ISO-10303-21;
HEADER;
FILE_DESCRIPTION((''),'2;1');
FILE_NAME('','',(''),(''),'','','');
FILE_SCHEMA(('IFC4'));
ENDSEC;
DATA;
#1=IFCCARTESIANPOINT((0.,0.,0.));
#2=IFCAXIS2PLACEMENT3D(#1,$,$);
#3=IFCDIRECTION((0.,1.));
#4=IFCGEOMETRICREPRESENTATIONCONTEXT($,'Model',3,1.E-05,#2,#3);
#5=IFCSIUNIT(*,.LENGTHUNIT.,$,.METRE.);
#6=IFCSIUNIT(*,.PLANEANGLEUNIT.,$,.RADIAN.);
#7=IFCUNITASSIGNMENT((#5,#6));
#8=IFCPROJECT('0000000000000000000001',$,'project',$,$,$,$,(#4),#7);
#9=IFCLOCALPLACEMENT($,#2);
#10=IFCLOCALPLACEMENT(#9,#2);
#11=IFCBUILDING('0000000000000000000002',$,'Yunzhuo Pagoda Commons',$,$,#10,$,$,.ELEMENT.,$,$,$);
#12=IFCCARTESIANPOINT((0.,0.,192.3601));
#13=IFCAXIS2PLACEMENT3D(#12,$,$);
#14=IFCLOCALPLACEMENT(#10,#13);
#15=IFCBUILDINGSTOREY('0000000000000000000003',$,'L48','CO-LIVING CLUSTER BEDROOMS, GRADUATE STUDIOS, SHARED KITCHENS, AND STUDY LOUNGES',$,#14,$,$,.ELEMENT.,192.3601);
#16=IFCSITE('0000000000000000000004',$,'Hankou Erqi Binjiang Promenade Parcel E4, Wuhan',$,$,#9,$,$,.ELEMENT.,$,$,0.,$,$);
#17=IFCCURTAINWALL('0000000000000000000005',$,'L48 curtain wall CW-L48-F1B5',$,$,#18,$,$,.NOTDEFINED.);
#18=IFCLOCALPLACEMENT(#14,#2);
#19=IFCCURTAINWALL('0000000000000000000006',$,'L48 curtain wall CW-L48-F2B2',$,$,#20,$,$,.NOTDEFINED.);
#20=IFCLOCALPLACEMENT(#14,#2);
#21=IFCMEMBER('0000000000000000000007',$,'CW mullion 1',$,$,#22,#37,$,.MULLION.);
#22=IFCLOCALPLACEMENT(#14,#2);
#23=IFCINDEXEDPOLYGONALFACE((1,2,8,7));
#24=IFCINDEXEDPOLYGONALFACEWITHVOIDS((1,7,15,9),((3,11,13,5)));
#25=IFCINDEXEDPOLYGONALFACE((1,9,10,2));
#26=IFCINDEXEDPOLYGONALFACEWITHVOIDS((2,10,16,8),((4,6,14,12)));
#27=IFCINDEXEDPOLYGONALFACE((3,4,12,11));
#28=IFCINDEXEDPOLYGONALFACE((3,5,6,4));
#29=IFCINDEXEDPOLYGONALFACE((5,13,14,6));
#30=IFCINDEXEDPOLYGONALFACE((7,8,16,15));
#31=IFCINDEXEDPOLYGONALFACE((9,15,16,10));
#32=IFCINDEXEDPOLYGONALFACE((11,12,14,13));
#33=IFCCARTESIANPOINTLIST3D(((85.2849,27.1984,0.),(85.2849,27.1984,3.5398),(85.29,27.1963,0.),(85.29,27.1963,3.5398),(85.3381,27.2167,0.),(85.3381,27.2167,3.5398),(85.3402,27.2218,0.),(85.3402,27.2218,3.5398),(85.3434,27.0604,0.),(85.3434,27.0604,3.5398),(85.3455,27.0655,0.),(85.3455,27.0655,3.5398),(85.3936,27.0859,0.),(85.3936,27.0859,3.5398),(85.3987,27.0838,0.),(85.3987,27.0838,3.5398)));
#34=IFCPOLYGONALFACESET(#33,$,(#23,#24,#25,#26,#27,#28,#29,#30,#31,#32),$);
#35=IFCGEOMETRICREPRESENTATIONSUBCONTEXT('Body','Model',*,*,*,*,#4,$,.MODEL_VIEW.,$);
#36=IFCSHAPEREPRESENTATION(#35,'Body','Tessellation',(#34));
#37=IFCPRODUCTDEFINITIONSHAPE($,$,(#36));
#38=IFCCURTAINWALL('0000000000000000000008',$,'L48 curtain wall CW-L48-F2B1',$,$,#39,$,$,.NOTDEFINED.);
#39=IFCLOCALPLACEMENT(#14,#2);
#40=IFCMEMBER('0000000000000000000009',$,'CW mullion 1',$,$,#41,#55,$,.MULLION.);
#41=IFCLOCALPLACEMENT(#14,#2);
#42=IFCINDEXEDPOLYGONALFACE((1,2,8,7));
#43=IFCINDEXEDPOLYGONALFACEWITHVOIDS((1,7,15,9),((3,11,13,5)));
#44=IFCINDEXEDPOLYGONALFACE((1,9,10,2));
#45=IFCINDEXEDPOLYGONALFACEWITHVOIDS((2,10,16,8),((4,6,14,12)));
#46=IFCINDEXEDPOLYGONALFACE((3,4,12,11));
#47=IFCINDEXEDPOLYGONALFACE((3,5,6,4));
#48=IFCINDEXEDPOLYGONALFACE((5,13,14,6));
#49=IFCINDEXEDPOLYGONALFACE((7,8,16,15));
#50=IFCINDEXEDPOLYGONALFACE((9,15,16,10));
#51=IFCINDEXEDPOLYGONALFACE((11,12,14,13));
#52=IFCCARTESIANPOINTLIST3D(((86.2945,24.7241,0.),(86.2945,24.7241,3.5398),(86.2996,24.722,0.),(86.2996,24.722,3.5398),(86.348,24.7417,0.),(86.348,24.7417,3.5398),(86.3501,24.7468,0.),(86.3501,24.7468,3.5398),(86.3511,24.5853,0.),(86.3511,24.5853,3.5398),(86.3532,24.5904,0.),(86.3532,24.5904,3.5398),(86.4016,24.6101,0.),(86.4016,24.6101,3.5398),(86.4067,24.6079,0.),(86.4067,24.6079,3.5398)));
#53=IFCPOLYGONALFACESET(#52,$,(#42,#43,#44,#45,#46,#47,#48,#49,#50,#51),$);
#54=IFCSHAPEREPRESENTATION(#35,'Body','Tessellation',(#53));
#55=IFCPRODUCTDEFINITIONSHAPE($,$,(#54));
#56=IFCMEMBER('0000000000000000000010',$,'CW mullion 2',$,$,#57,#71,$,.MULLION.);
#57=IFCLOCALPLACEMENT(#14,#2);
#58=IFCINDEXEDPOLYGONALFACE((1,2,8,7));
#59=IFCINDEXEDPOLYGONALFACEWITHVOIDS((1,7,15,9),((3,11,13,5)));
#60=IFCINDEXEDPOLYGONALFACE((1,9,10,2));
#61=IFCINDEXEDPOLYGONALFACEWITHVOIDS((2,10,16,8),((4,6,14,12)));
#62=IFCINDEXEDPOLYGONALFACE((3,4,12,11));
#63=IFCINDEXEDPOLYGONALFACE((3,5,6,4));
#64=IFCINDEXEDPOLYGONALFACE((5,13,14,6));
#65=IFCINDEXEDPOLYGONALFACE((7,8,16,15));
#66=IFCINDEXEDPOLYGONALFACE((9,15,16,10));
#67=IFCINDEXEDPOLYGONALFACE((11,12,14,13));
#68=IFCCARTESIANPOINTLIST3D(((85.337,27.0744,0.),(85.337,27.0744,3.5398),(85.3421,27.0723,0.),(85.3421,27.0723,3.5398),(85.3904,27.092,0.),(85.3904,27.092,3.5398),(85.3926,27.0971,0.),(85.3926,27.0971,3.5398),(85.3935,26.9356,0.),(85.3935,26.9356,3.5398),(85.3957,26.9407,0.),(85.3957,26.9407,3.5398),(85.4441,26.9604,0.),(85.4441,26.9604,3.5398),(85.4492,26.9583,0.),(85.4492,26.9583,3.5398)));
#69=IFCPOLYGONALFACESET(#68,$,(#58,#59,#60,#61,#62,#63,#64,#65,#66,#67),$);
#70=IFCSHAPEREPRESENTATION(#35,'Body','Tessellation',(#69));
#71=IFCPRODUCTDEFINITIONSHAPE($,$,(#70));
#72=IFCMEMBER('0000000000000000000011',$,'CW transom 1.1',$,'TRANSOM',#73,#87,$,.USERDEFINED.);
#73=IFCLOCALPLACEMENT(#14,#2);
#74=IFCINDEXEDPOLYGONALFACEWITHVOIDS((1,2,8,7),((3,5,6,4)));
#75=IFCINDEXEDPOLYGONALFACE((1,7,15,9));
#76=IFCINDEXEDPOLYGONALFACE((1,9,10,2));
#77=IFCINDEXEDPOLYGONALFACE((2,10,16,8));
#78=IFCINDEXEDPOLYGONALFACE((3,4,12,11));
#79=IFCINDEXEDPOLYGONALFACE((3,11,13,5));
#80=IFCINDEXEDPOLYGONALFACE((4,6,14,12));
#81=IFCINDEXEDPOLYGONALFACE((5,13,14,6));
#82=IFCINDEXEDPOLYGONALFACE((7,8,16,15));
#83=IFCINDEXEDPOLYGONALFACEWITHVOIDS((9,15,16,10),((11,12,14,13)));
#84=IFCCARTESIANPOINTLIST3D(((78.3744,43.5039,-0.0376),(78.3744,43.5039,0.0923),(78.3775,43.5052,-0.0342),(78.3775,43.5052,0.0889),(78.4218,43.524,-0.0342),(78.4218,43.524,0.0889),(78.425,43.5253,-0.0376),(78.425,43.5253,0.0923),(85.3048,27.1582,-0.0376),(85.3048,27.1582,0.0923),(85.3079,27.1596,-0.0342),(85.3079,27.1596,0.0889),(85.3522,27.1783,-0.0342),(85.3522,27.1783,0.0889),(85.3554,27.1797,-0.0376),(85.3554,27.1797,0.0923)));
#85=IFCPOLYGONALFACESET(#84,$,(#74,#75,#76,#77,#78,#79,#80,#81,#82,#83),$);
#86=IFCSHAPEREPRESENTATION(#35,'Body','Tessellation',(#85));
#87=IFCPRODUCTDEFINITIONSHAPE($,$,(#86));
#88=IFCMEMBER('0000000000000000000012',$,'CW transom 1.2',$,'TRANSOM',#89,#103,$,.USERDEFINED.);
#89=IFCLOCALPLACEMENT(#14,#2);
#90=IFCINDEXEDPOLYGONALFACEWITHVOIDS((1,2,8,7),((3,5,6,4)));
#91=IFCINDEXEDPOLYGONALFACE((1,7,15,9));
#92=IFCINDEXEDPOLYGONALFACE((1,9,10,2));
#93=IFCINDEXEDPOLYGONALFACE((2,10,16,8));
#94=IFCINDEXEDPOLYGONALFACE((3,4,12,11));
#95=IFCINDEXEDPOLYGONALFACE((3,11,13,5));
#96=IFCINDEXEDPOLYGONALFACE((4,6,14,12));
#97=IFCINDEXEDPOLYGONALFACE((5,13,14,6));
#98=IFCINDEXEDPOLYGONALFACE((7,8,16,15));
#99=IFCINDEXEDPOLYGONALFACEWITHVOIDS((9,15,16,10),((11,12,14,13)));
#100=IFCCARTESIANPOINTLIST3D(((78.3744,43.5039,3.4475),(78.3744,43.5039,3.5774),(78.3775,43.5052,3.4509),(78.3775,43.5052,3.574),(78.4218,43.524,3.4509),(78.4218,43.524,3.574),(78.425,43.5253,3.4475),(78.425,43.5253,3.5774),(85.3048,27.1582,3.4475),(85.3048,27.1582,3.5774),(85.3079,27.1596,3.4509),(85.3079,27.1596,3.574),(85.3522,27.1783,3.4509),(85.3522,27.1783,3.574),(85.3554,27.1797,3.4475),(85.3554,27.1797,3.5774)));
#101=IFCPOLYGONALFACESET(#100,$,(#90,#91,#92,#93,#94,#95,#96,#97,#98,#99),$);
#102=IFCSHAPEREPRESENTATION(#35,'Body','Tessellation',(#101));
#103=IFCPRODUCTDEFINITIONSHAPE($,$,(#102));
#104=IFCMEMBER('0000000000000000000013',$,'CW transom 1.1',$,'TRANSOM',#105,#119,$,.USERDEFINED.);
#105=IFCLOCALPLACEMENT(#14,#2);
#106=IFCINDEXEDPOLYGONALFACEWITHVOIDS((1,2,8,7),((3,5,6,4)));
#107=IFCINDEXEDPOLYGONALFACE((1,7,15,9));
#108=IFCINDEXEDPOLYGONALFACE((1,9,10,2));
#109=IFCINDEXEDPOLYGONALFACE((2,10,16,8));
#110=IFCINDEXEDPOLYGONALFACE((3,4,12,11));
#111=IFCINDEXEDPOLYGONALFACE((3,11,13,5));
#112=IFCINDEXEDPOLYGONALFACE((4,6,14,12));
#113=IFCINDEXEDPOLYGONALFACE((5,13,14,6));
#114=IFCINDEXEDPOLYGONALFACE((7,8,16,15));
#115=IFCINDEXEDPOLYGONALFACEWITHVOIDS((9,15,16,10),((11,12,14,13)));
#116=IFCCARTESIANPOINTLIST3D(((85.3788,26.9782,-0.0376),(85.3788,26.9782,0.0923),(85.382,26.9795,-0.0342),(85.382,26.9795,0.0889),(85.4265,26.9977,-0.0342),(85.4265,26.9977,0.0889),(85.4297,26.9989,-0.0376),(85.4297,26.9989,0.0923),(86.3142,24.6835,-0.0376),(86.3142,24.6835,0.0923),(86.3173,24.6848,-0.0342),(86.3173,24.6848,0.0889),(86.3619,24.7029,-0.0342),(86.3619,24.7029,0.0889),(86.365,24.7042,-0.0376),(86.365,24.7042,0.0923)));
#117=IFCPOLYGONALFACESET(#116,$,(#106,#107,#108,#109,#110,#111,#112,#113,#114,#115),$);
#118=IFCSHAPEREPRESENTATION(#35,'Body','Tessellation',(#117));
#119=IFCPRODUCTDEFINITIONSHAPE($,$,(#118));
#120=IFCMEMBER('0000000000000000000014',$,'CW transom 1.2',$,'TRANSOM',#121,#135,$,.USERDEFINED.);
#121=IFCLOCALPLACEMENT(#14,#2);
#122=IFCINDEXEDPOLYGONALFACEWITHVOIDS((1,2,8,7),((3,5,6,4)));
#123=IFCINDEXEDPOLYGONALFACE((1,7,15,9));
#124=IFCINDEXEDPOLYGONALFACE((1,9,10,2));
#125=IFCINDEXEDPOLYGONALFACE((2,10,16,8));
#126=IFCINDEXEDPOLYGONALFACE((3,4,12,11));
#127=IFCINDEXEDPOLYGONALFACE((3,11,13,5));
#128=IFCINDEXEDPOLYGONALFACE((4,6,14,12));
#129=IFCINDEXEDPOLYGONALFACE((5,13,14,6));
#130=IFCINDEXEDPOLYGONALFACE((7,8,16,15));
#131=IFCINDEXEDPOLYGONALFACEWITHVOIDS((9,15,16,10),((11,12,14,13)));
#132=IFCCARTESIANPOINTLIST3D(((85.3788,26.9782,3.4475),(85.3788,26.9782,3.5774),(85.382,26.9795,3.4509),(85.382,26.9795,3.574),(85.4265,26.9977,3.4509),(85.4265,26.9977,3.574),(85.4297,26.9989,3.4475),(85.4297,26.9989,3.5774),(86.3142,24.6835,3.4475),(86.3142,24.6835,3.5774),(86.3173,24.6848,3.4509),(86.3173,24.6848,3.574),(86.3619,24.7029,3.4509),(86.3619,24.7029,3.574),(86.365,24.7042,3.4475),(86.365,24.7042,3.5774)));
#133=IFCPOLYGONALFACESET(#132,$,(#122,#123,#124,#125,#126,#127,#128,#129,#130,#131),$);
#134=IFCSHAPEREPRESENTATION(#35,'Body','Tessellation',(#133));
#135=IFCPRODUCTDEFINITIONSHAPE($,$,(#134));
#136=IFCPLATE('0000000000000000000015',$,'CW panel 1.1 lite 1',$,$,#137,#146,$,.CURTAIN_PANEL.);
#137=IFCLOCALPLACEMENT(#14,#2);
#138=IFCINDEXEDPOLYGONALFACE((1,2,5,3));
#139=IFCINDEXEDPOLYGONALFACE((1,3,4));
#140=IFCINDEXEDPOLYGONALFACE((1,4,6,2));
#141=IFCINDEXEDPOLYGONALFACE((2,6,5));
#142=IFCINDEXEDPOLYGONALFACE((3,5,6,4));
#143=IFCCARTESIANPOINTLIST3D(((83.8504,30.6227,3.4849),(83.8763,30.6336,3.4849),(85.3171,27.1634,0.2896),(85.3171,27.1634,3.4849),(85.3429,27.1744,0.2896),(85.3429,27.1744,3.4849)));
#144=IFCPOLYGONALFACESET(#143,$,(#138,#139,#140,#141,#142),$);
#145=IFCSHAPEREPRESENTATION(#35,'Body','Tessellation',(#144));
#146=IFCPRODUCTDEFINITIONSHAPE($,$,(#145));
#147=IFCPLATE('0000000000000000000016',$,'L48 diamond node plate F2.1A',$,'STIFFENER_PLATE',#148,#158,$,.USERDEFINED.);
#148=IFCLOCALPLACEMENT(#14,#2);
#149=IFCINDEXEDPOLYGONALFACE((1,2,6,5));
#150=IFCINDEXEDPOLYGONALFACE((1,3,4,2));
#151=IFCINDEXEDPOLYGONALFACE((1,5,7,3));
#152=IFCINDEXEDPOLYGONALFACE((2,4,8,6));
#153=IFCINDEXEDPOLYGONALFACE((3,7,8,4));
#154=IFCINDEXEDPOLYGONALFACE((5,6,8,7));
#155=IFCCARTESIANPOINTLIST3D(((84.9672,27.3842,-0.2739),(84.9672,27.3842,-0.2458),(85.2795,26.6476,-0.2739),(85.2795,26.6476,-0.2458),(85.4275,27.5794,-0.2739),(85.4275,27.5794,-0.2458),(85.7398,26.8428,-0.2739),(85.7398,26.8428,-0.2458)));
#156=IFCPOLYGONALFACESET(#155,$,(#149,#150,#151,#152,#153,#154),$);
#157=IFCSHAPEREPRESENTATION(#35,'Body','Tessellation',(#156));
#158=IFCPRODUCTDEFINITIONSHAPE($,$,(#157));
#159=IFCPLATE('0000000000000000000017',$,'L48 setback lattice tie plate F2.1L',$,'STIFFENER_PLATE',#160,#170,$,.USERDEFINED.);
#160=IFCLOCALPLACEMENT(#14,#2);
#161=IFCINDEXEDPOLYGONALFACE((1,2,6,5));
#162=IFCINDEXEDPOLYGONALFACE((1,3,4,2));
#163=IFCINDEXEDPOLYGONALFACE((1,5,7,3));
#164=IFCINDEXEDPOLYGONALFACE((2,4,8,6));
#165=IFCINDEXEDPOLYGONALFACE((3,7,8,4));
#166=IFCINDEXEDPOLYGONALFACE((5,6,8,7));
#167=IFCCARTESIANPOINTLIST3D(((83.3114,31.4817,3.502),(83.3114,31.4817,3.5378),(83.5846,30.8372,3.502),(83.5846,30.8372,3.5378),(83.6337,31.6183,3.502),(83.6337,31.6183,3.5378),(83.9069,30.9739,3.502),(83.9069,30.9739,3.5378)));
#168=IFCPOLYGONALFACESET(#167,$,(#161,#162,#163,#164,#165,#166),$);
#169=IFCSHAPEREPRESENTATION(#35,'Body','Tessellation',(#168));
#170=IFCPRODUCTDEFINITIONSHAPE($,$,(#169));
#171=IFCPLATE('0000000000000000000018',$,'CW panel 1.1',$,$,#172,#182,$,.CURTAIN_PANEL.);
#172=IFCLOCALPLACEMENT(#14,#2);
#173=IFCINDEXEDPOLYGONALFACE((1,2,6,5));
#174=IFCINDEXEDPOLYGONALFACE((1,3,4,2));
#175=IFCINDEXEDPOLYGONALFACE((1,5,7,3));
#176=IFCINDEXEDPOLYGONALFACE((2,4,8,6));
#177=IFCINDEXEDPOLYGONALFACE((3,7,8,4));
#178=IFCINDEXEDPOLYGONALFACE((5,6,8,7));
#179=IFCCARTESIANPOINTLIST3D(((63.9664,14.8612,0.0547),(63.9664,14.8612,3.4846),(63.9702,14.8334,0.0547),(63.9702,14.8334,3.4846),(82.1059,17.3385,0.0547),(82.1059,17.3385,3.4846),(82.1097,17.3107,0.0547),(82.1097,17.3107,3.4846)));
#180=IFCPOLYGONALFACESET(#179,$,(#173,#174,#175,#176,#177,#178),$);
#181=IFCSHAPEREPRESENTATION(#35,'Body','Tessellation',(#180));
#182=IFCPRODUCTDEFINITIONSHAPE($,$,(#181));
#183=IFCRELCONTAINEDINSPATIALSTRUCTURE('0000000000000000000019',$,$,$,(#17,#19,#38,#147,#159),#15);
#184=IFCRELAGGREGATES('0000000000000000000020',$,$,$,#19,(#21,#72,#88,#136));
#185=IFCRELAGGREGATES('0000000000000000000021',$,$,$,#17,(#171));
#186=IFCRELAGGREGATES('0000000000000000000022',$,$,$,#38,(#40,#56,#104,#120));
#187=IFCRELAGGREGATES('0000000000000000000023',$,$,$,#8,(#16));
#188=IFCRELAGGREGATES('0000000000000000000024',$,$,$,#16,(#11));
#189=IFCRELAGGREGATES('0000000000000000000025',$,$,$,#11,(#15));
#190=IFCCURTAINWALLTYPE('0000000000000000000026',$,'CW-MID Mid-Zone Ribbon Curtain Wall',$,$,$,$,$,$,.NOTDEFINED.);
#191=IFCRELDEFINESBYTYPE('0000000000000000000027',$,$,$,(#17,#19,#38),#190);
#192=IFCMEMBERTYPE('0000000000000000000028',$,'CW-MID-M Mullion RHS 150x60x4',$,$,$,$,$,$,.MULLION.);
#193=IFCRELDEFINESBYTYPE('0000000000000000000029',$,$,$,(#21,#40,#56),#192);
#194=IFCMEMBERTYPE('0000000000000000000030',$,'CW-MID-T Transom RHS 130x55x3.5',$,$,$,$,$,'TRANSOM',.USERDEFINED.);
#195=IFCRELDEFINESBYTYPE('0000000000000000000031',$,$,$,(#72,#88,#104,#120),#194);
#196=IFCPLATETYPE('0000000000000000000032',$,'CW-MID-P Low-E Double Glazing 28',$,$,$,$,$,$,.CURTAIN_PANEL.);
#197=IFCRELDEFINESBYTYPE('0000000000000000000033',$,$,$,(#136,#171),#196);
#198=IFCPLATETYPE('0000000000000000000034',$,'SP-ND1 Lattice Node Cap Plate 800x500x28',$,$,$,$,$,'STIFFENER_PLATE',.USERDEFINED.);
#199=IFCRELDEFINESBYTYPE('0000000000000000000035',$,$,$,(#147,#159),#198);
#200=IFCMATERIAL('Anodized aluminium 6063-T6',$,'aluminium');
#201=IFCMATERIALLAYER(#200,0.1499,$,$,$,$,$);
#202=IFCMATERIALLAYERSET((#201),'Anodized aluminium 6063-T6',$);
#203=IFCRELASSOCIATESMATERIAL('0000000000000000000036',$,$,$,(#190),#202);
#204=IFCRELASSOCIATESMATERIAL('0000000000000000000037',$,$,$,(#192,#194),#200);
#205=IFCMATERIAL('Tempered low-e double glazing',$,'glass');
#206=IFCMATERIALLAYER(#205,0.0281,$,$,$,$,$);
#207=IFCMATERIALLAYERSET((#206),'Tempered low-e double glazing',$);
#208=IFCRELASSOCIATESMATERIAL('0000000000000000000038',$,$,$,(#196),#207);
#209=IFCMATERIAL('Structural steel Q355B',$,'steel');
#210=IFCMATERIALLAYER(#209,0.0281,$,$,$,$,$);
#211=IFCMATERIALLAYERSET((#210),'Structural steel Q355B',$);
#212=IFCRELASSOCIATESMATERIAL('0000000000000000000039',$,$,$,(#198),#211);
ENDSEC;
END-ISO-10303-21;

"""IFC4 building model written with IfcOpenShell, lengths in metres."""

from ifc_helpers import new_model, si_unit, direction, frame, origin, origin_2d, place, context, subcontext, project, spatial, polyline, rectangle, hollow_rectangle, outline, extrude, source, transform, mapped, material, layer, layer_set, material_profile, profile_set, type_object, element, aggregate, save


model = new_model("IFC4")

# Units and contexts
model_context = context("Model", 3, precision=1e-05, world=origin(), true_north=direction((0.0, 1.0)))
body_context = subcontext(model_context, "Body", "Model", "MODEL_VIEW")
ifc_project = project(units=[si_unit("LENGTHUNIT", "METRE"), si_unit("PLANEANGLEUNIT", "RADIAN")], contexts=[model_context])

# Site, building, storey
site_placement = place(None, origin())
site = spatial("IfcSite", under=ifc_project, at=site_placement, Name="Hankou Erqi Binjiang Promenade Parcel E4, Wuhan", CompositionType="ELEMENT", RefElevation=0.0)
building_placement = place(site_placement, origin())
building = spatial("IfcBuilding", under=site, at=building_placement, Name="Yunzhuo Pagoda Commons", CompositionType="ELEMENT")
storey_placement = place(building_placement, frame((0.0, 0.0, 192.3601)))
storey = spatial("IfcBuildingStorey", under=building, at=storey_placement, Name="L48", Description="CO-LIVING CLUSTER BEDROOMS, GRADUATE STUDIOS, SHARED KITCHENS, AND STUDY LOUNGES", CompositionType="ELEMENT", Elevation=192.3601)

# Shared definitions
ifc_material_1 = material(Name="Structural steel Q355B", Category="steel")

# Curtain walls, member
ifc_material_2 = material(Name="Anodized aluminium 6063-T6", Category="aluminium")
ifc_layer_1 = layer(ifc_material_2, 0.1499)
ifc_layer_set_1 = layer_set([ifc_layer_1], Name="Anodized aluminium 6063-T6")
curtain_wall_type = type_object("IfcCurtainWallType", Name="CW-MID Mid-Zone Ribbon Curtain Wall", PredefinedType="NOTDEFINED", material=ifc_layer_set_1)
curtain_wall_1_placement = place(storey_placement, origin())
curtain_wall_1 = element("IfcCurtainWall", 1, at=curtain_wall_1_placement, inside=storey, type_object=curtain_wall_type, Name="L48 curtain wall CW-L48-F1B5", PredefinedType="NOTDEFINED")
ifc_material_profile_1 = material_profile(ifc_material_2, hollow_rectangle(XDim=0.0601, YDim=0.1499, WallThickness=0.0039, at=origin_2d()), Name="Anodized aluminium 6063-T6")
ifc_profile_set_1 = profile_set([ifc_material_profile_1], Name="Anodized aluminium 6063-T6")
member_type_1 = type_object("IfcMemberType", Name="CW-MID-M Mullion RHS 150x60x4", PredefinedType="MULLION", material=ifc_profile_set_1)
shared_shape_1 = source(origin(), body_context, "Body", "SweptSolid", [
    extrude(hollow_rectangle(XDim=0.0601, YDim=0.1499, WallThickness=0.0039, at=origin_2d()), origin(), (0.0, 0.0, 1.0), 3.5398),
])
curtain_wall_2_placement = place(storey_placement, origin())
curtain_wall_2 = element("IfcCurtainWall", 2, at=curtain_wall_2_placement, inside=storey, type_object=curtain_wall_type, Name="L48 curtain wall CW-L48-F2B2", PredefinedType="NOTDEFINED")
member_1_placement = place(storey_placement, frame((85.3418, 27.1411, 0.0), z_axis=(0.0, 0.0, 1.0), x_axis=(-0.920667, -0.39035, 0.0)))
member_1 = element("IfcMember", 3, at=member_1_placement, type_object=member_type_1, Name="CW mullion 1", PredefinedType="MULLION", context=body_context, shape_type="MappedRepresentation", body=[
    mapped(shared_shape_1, transform((0.0, 0.0, 0.0), scale=1.0)),
])

# Curtain wall, members
curtain_wall_3_placement = place(storey_placement, origin())
curtain_wall_3 = element("IfcCurtainWall", 4, at=curtain_wall_3_placement, inside=storey, type_object=curtain_wall_type, Name="L48 curtain wall CW-L48-F2B1", PredefinedType="NOTDEFINED")
member_2_placement = place(storey_placement, frame((86.3506, 24.666, 0.0), z_axis=(0.0, 0.0, 1.0), x_axis=(-0.926071, -0.377349, 0.0)))
member_2 = element("IfcMember", 5, at=member_2_placement, type_object=member_type_1, Name="CW mullion 1", PredefinedType="MULLION", context=body_context, shape_type="MappedRepresentation", body=[
    mapped(shared_shape_1, transform((0.0, 0.0, 0.0), scale=1.0)),
])
member_3_placement = place(storey_placement, frame((85.3931, 27.0164, 0.0), z_axis=(0.0, 0.0, 1.0), x_axis=(-0.926071, -0.377349, 0.0)))
member_3 = element("IfcMember", 6, at=member_3_placement, type_object=member_type_1, Name="CW mullion 2", PredefinedType="MULLION", context=body_context, shape_type="MappedRepresentation", body=[
    mapped(shared_shape_1, transform((0.0, 0.0, 0.0), scale=1.0)),
])

# Members
ifc_material_profile_2 = material_profile(ifc_material_2, hollow_rectangle(XDim=0.0549, YDim=0.1299, WallThickness=0.0034, at=origin_2d()), Name="Anodized aluminium 6063-T6")
ifc_profile_set_2 = profile_set([ifc_material_profile_2], Name="Anodized aluminium 6063-T6")
member_type_2 = type_object("IfcMemberType", Name="CW-MID-T Transom RHS 130x55x3.5", ElementType="TRANSOM", PredefinedType="USERDEFINED", material=ifc_profile_set_2)
shared_shape_2 = source(origin(), body_context, "Body", "SweptSolid", [
    extrude(hollow_rectangle(XDim=0.0549, YDim=0.1299, WallThickness=0.0034, at=origin_2d()), origin(), (0.0, 0.0, 1.0), 17.7542),
])
member_4_placement = place(storey_placement, frame((85.3301, 27.1689, 0.0273), z_axis=(-0.390353, 0.920665, 0.0), x_axis=(-0.920665, -0.390353, 0.0)))
member_4 = element("IfcMember", 7, at=member_4_placement, type_object=member_type_2, Name="CW transom 1.1", ObjectType="TRANSOM", PredefinedType="USERDEFINED", context=body_context, shape_type="MappedRepresentation", body=[
    mapped(shared_shape_2, transform((0.0, 0.0, 0.0), scale=1.0)),
])
member_5_placement = place(storey_placement, frame((85.3301, 27.1689, 3.5125), z_axis=(-0.390353, 0.920665, 0.0), x_axis=(-0.920665, -0.390353, 0.0)))
member_5 = element("IfcMember", 8, at=member_5_placement, type_object=member_type_2, Name="CW transom 1.2", ObjectType="TRANSOM", PredefinedType="USERDEFINED", context=body_context, shape_type="MappedRepresentation", body=[
    mapped(shared_shape_2, transform((0.0, 0.0, 0.0), scale=1.0)),
])
shared_shape_3 = source(origin(), body_context, "Body", "SweptSolid", [
    extrude(hollow_rectangle(XDim=0.0549, YDim=0.1299, WallThickness=0.0034, at=origin_2d()), origin(), (0.0, 0.0, 1.0), 2.478),
])
member_6_placement = place(storey_placement, frame((86.3396, 24.6938, 0.0273), z_axis=(-0.377447, 0.926031, 0.0), x_axis=(-0.926031, -0.377447, 0.0)))
member_6 = element("IfcMember", 9, at=member_6_placement, type_object=member_type_2, Name="CW transom 1.1", ObjectType="TRANSOM", PredefinedType="USERDEFINED", context=body_context, shape_type="MappedRepresentation", body=[
    mapped(shared_shape_3, transform((0.0, 0.0, 0.0), scale=1.0)),
])
member_7_placement = place(storey_placement, frame((86.3396, 24.6938, 3.5125), z_axis=(-0.377447, 0.926031, 0.0), x_axis=(-0.926031, -0.377447, 0.0)))
member_7 = element("IfcMember", 10, at=member_7_placement, type_object=member_type_2, Name="CW transom 1.2", ObjectType="TRANSOM", PredefinedType="USERDEFINED", context=body_context, shape_type="MappedRepresentation", body=[
    mapped(shared_shape_3, transform((0.0, 0.0, 0.0), scale=1.0)),
])

# Plate
ifc_material_3 = material(Name="Tempered low-e double glazing", Category="glass")
ifc_layer_2 = layer(ifc_material_3, 0.0281)
ifc_layer_set_2 = layer_set([ifc_layer_2], Name="Tempered low-e double glazing")
plate_type_1 = type_object("IfcPlateType", Name="CW-MID-P Low-E Double Glazing 28", PredefinedType="CURTAIN_PANEL", material=ifc_layer_set_2)
plate_1_placement = place(storey_placement, frame((84.5837, 28.8931, 1.8872), z_axis=(0.920667, 0.39035, 0.0), x_axis=(-0.39035, 0.920667, 0.0)))
plate_1 = element("IfcPlate", 11, at=plate_1_placement, type_object=plate_type_1, Name="CW panel 1.1 lite 1", PredefinedType="CURTAIN_PANEL", context=body_context, shape_type="SweptSolid", body=[
    extrude(outline(polyline([(-1.8787, -1.5977), (1.8787, 1.5977), (-1.8787, 1.5977), (-1.8787, -1.5977)])), origin(), (0.0, 0.0, 1.0), 0.0281),
])
aggregate(curtain_wall_2, [member_1, member_4, member_5, plate_1])

# Plates
ifc_layer_3 = layer(ifc_material_1, 0.0281)
ifc_layer_set_3 = layer_set([ifc_layer_3], Name="Structural steel Q355B")
plate_type_2 = type_object("IfcPlateType", Name="SP-ND1 Lattice Node Cap Plate 800x500x28", ElementType="STIFFENER_PLATE", PredefinedType="USERDEFINED", material=ifc_layer_set_3)
shared_shape_4 = source(origin(), body_context, "Body", "SweptSolid", [
    extrude(rectangle(XDim=0.8, YDim=0.5, at=origin_2d()), origin(), (0.0, 0.0, 1.0), 0.0281),
])
plate_2_placement = place(storey_placement, frame((85.3535, 27.1135, -0.2739), z_axis=(0.0, 0.0, 1.0), x_axis=(-0.390346, 0.920668, 0.0)))
element("IfcPlate", 12, at=plate_2_placement, inside=storey, type_object=plate_type_2, Name="L48 diamond node plate F2.1A", ObjectType="STIFFENER_PLATE", PredefinedType="USERDEFINED", context=body_context, shape_type="MappedRepresentation", body=[
    mapped(shared_shape_4, transform((0.0, 0.0, 0.0), scale=1.0)),
])
shared_shape_5 = source(origin(), body_context, "Body", "SweptSolid", [
    extrude(rectangle(XDim=0.7, YDim=0.3501, at=origin_2d()), origin(), (0.0, 0.0, 1.0), 0.0359),
])
plate_3_placement = place(storey_placement, frame((83.6091, 31.2278, 3.502), z_axis=(0.0, 0.0, 1.0), x_axis=(-0.390346, 0.920668, 0.0)))
element("IfcPlate", 13, at=plate_3_placement, inside=storey, type_object=plate_type_2, Name="L48 setback lattice tie plate F2.1L", ObjectType="STIFFENER_PLATE", PredefinedType="USERDEFINED", context=body_context, shape_type="MappedRepresentation", body=[
    mapped(shared_shape_5, transform((0.0, 0.0, 0.0), scale=1.0)),
])

# Plate
shared_shape_6 = source(origin(), body_context, "Body", "SweptSolid", [
    extrude(rectangle(XDim=18.3079, YDim=0.0281, at=origin_2d()), origin(), (0.0, 0.0, 1.0), 3.4299),
])
plate_4_placement = place(storey_placement, frame((73.0381, 16.0859, 0.0547), z_axis=(0.0, 0.0, 1.0), x_axis=(0.990803, 0.135312, 0.0)))
plate_4 = element("IfcPlate", 14, at=plate_4_placement, type_object=plate_type_1, Name="CW panel 1.1", PredefinedType="CURTAIN_PANEL", context=body_context, shape_type="MappedRepresentation", body=[
    mapped(shared_shape_6, transform((0.0, 0.0, 0.0), scale=1.0)),
])
aggregate(curtain_wall_1, [plate_4])
aggregate(curtain_wall_3, [member_2, member_3, member_6, member_7])

save(model, "model.ifc")
